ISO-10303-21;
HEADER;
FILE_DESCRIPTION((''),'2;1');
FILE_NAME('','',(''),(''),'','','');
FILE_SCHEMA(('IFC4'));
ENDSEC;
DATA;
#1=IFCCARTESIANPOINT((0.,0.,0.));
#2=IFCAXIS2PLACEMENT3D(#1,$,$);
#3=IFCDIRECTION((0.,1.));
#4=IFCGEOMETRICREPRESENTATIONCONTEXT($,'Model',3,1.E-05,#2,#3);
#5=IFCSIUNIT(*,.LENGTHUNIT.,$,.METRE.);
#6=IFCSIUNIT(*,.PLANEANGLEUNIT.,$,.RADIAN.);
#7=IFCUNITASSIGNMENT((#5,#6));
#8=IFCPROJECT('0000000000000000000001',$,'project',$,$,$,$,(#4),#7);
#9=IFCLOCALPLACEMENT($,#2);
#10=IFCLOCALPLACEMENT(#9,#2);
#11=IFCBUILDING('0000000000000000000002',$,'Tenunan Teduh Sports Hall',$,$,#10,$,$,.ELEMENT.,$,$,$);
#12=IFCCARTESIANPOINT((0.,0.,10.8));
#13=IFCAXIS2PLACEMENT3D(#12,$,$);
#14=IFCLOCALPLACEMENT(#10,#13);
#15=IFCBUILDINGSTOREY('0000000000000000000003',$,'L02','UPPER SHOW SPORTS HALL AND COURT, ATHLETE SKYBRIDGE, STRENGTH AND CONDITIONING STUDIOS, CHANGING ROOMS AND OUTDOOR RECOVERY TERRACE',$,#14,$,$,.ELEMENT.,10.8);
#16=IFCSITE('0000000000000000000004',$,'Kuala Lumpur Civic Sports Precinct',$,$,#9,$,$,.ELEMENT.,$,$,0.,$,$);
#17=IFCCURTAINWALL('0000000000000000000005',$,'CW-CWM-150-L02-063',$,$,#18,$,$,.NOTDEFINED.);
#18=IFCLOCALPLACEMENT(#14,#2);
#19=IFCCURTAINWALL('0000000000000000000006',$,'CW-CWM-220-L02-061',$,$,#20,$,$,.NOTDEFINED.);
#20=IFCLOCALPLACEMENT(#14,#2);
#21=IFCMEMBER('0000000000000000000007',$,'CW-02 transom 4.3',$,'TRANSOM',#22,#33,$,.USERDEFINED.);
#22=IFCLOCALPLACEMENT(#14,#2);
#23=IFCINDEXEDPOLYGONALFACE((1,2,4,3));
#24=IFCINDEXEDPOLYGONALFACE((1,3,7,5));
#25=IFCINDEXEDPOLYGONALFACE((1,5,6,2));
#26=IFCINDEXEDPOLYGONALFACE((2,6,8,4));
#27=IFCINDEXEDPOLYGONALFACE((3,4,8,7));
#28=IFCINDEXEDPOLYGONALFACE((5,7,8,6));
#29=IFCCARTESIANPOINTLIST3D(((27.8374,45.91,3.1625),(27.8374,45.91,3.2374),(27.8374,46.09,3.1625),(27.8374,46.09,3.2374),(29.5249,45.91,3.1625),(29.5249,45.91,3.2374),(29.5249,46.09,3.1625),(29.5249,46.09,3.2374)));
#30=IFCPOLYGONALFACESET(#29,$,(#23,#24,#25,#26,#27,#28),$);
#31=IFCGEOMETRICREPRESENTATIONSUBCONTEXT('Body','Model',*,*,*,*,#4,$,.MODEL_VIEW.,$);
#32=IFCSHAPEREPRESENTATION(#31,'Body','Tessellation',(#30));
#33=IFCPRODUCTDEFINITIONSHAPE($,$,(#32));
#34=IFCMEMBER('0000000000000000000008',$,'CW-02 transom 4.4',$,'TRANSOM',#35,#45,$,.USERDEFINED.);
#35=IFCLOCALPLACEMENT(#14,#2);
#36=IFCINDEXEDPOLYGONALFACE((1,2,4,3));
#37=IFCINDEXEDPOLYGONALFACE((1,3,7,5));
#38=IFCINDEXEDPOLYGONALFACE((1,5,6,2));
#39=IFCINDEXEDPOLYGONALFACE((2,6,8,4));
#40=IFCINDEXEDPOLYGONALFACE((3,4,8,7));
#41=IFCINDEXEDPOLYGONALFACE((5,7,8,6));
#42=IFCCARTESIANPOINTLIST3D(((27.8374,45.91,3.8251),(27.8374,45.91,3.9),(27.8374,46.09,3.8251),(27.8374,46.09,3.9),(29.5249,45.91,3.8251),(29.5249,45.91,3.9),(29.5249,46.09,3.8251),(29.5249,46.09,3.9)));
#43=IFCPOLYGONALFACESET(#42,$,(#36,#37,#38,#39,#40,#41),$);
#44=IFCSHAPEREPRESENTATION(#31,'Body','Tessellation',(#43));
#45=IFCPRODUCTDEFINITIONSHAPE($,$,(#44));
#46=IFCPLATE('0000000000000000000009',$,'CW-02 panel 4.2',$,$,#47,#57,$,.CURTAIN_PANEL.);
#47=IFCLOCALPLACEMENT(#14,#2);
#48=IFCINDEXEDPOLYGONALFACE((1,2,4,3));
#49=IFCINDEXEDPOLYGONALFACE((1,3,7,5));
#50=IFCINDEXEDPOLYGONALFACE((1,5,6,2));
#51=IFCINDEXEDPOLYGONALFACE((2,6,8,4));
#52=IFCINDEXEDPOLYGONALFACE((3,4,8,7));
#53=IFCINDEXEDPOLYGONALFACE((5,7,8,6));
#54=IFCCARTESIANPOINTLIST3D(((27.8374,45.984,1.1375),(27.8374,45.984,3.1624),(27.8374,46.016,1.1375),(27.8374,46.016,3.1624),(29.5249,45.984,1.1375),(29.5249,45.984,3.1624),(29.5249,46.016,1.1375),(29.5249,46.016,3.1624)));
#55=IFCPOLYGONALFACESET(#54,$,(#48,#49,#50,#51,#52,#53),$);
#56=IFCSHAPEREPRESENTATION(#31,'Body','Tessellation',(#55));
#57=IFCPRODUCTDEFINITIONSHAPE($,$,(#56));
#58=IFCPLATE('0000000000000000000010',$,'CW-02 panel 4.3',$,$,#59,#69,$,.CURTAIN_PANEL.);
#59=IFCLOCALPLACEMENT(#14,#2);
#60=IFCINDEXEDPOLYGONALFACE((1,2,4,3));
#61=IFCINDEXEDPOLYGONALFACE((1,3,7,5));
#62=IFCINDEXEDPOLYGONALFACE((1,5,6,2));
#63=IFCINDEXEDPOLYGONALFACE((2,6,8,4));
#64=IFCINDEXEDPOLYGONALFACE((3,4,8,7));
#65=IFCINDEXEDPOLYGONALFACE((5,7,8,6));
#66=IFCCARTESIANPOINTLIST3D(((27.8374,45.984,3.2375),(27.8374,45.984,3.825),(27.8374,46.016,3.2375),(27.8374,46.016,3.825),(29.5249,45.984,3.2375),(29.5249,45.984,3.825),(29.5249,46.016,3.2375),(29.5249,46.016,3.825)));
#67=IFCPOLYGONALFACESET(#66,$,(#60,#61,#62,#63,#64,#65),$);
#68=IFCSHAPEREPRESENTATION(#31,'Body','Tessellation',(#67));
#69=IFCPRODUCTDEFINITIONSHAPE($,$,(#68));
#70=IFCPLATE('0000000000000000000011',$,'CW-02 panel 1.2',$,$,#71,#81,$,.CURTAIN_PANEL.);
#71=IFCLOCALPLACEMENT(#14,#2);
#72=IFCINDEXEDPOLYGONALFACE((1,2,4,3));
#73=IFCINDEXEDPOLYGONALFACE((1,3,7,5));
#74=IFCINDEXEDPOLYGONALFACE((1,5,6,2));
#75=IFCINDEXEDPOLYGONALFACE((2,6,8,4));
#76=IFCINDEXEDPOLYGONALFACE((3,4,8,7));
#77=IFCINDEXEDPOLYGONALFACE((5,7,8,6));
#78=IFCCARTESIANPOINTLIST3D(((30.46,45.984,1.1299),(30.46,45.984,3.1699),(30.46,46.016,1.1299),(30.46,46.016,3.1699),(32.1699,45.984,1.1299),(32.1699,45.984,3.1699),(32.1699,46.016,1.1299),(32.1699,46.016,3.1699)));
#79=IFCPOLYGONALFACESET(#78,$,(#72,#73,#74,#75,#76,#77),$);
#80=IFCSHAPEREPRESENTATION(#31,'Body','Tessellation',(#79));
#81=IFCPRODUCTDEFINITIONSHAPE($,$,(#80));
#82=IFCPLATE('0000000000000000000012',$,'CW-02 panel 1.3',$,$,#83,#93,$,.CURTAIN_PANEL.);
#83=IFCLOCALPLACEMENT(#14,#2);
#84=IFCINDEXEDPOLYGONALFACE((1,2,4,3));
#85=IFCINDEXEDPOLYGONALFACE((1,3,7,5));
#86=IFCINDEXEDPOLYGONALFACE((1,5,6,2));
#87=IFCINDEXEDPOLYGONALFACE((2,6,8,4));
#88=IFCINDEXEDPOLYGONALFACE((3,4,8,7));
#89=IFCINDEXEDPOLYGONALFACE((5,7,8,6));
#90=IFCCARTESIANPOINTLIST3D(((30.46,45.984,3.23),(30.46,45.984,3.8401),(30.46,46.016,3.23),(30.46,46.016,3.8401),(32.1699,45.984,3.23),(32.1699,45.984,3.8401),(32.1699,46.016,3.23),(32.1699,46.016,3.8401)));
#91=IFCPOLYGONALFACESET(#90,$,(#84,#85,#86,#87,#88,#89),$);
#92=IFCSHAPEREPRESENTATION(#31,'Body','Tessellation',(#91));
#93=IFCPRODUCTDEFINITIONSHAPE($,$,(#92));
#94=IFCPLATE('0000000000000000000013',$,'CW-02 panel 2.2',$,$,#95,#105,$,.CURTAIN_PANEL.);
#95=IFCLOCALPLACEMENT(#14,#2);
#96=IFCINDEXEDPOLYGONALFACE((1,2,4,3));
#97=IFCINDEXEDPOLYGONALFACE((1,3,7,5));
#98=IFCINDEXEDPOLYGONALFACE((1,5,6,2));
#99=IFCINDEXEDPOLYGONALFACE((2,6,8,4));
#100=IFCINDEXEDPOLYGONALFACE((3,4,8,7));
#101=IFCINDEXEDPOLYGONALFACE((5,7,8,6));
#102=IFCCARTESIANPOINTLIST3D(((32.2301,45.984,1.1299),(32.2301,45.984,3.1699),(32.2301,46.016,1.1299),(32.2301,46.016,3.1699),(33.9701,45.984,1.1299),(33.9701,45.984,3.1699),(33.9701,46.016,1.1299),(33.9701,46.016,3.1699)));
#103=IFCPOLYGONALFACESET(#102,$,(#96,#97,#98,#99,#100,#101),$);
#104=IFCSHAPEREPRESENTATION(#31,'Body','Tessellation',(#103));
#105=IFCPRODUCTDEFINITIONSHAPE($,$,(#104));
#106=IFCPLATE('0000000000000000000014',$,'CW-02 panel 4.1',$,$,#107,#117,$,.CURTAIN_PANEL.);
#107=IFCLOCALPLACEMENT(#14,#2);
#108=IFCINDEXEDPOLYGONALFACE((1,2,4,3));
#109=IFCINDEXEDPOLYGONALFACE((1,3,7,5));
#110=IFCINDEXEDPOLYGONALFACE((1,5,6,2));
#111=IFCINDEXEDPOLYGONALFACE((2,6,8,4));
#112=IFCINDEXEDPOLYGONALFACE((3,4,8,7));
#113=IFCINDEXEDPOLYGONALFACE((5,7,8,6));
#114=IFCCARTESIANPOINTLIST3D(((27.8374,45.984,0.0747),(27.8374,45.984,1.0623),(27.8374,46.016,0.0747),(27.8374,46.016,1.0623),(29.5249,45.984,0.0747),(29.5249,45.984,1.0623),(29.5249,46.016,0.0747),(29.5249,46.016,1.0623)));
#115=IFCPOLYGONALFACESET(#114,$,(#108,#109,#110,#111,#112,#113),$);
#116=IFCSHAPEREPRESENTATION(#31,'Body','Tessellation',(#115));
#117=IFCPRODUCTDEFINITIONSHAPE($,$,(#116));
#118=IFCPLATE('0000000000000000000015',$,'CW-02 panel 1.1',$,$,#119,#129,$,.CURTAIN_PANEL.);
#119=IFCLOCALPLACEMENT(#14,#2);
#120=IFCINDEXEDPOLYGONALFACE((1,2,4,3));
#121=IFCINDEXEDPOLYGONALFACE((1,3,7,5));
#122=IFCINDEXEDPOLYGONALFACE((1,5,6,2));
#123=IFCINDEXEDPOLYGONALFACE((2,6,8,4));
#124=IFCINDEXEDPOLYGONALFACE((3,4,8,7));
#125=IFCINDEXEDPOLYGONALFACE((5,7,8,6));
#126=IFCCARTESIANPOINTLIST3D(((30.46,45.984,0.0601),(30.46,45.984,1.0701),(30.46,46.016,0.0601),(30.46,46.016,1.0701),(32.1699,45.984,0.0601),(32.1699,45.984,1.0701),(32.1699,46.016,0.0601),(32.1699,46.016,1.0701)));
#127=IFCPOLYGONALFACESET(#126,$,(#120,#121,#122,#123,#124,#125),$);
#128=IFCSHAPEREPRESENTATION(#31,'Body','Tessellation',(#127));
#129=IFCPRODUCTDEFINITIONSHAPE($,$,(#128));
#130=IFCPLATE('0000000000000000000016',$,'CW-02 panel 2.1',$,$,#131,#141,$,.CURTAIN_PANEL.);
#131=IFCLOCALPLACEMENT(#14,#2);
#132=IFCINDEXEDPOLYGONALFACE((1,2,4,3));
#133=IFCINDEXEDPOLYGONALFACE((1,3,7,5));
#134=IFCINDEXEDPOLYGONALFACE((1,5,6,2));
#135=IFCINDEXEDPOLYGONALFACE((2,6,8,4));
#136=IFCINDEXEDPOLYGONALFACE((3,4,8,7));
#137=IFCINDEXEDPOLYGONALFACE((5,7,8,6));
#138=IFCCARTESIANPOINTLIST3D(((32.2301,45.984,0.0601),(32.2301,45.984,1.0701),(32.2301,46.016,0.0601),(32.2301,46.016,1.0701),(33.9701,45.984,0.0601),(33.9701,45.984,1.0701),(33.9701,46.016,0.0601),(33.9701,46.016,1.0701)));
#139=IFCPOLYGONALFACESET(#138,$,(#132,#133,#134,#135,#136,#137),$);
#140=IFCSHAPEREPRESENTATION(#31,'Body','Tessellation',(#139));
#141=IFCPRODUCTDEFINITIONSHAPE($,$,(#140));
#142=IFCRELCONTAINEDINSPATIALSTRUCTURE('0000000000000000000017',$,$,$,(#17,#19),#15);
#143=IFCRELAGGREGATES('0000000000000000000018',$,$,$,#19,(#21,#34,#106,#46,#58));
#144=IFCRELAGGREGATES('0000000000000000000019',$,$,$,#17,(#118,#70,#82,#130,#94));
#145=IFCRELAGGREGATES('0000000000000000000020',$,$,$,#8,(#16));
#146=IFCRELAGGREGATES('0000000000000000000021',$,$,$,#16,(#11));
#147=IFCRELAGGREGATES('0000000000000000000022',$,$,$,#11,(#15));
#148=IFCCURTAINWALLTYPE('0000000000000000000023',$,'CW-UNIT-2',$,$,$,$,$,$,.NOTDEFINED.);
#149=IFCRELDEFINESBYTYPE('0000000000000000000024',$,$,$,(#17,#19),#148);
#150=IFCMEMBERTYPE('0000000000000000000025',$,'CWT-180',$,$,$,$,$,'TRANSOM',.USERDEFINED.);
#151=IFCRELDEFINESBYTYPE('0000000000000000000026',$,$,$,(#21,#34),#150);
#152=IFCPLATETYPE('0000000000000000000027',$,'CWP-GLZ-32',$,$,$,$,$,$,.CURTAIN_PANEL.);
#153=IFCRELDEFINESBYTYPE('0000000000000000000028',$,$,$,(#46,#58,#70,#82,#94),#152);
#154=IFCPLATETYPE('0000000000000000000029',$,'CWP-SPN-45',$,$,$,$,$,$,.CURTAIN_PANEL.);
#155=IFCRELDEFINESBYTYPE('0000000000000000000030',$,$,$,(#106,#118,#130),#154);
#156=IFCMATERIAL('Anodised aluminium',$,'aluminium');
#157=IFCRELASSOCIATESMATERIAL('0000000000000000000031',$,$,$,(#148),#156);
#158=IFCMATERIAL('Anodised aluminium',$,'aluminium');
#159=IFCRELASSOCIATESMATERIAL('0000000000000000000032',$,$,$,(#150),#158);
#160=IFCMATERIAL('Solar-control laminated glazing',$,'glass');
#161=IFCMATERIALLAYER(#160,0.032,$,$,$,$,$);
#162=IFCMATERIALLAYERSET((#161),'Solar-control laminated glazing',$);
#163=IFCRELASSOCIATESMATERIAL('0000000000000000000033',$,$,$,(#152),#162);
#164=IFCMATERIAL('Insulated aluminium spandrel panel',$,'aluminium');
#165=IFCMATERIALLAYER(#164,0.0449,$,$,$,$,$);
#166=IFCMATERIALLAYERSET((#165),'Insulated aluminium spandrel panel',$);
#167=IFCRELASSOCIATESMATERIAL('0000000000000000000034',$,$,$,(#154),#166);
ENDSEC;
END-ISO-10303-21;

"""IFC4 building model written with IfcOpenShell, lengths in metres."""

from ifc_helpers import new_model, si_unit, direction, frame, origin, origin_2d, place, context, subcontext, project, spatial, rectangle, extrude, material, layer, layer_set, material_profile, profile_set, type_object, element, aggregate, save


model = new_model("IFC4")

# Units and contexts
model_context = context("Model", 3, precision=1e-05, world=origin(), true_north=direction((0.0, 1.0)))
body_context = subcontext(model_context, "Body", "Model", "MODEL_VIEW")
ifc_project = project(units=[si_unit("LENGTHUNIT", "METRE"), si_unit("PLANEANGLEUNIT", "RADIAN")], contexts=[model_context])

# Site, building, storey
site_placement = place(None, origin())
site = spatial("IfcSite", under=ifc_project, at=site_placement, Name="Kuala Lumpur Civic Sports Precinct", CompositionType="ELEMENT", RefElevation=0.0)
building_placement = place(site_placement, origin())
building = spatial("IfcBuilding", under=site, at=building_placement, Name="Tenunan Teduh Sports Hall", CompositionType="ELEMENT")
storey_placement = place(building_placement, frame((0.0, 0.0, 10.8)))
storey = spatial("IfcBuildingStorey", under=building, at=storey_placement, Name="L02", Description="UPPER SHOW SPORTS HALL AND COURT, ATHLETE SKYBRIDGE, STRENGTH AND CONDITIONING STUDIOS, CHANGING ROOMS AND OUTDOOR RECOVERY TERRACE", CompositionType="ELEMENT", Elevation=10.8)

# Curtain wall
ifc_material_1 = material(Name="Anodised aluminium", Category="aluminium")
curtain_wall_type = type_object("IfcCurtainWallType", Name="CW-UNIT-2", PredefinedType="NOTDEFINED", material=ifc_material_1)
curtain_wall_1_placement = place(storey_placement, origin())
curtain_wall_1 = element("IfcCurtainWall", 1, at=curtain_wall_1_placement, inside=storey, type_object=curtain_wall_type, Name="CW-CWM-150-L02-063", PredefinedType="NOTDEFINED")

# Curtain wall
curtain_wall_2_placement = place(storey_placement, origin())
curtain_wall_2 = element("IfcCurtainWall", 2, at=curtain_wall_2_placement, inside=storey, type_object=curtain_wall_type, Name="CW-CWM-220-L02-061", PredefinedType="NOTDEFINED")

# Members
ifc_material_2 = material(Name="Anodised aluminium", Category="aluminium")
ifc_material_profile_1 = material_profile(ifc_material_2, rectangle(XDim=0.075, YDim=0.1799, at=origin_2d()), Name="CWT 75x180")
ifc_profile_set_1 = profile_set([ifc_material_profile_1], Name="Anodised aluminium")
member_type_1 = type_object("IfcMemberType", Name="CWT-180", ElementType="TRANSOM", PredefinedType="USERDEFINED", material=ifc_profile_set_1)
member_1_placement = place(storey_placement, frame((27.8374, 46.0, 3.2), z_axis=(1.0, 0.0, 0.0), x_axis=(0.0, 0.0, 1.0)))
member_1 = element("IfcMember", 3, at=member_1_placement, type_object=member_type_1, Name="CW-02 transom 4.3", ObjectType="TRANSOM", PredefinedType="USERDEFINED", context=body_context, shape_type="SweptSolid", body=[
    extrude(rectangle(XDim=0.075, YDim=0.1799, at=origin_2d()), origin(), (0.0, 0.0, 1.0), 1.6875),
])
member_2_placement = place(storey_placement, frame((27.8374, 46.0, 3.8625), z_axis=(1.0, 0.0, 0.0), x_axis=(0.0, 0.0, 1.0)))
member_2 = element("IfcMember", 4, at=member_2_placement, type_object=member_type_1, Name="CW-02 transom 4.4", ObjectType="TRANSOM", PredefinedType="USERDEFINED", context=body_context, shape_type="SweptSolid", body=[
    extrude(rectangle(XDim=0.075, YDim=0.1799, at=origin_2d()), origin(), (0.0, 0.0, 1.0), 1.6875),
])

# Plates
ifc_material_3 = material(Name="Solar-control laminated glazing", Category="glass")
ifc_layer_1 = layer(ifc_material_3, 0.032)
ifc_layer_set_1 = layer_set([ifc_layer_1], Name="Solar-control laminated glazing")
plate_type_1 = type_object("IfcPlateType", Name="CWP-GLZ-32", PredefinedType="CURTAIN_PANEL", material=ifc_layer_set_1)
plate_1_placement = place(storey_placement, frame((28.6812, 46.0, 1.1375), z_axis=(0.0, 0.0, 1.0), x_axis=(1.0, 0.0, 0.0)))
plate_1 = element("IfcPlate", 5, at=plate_1_placement, type_object=plate_type_1, Name="CW-02 panel 4.2", PredefinedType="CURTAIN_PANEL", context=body_context, shape_type="SweptSolid", body=[
    extrude(rectangle(XDim=1.6875, YDim=0.032, at=origin_2d()), origin(), (0.0, 0.0, 1.0), 2.0249),
])
plate_2_placement = place(storey_placement, frame((28.6812, 46.0, 3.2375), z_axis=(0.0, 0.0, 1.0), x_axis=(1.0, 0.0, 0.0)))
plate_2 = element("IfcPlate", 6, at=plate_2_placement, type_object=plate_type_1, Name="CW-02 panel 4.3", PredefinedType="CURTAIN_PANEL", context=body_context, shape_type="SweptSolid", body=[
    extrude(rectangle(XDim=1.6875, YDim=0.032, at=origin_2d()), origin(), (0.0, 0.0, 1.0), 0.5874),
])
plate_3_placement = place(storey_placement, frame((31.3149, 46.0, 1.1299), z_axis=(0.0, 0.0, 1.0), x_axis=(1.0, 0.0, 0.0)))
plate_3 = element("IfcPlate", 7, at=plate_3_placement, type_object=plate_type_1, Name="CW-02 panel 1.2", PredefinedType="CURTAIN_PANEL", context=body_context, shape_type="SweptSolid", body=[
    extrude(rectangle(XDim=1.71, YDim=0.032, at=origin_2d()), origin(), (0.0, 0.0, 1.0), 2.04),
])
plate_4_placement = place(storey_placement, frame((31.3149, 46.0, 3.23), z_axis=(0.0, 0.0, 1.0), x_axis=(1.0, 0.0, 0.0)))
plate_4 = element("IfcPlate", 8, at=plate_4_placement, type_object=plate_type_1, Name="CW-02 panel 1.3", PredefinedType="CURTAIN_PANEL", context=body_context, shape_type="SweptSolid", body=[
    extrude(rectangle(XDim=1.71, YDim=0.032, at=origin_2d()), origin(), (0.0, 0.0, 1.0), 0.6101),
])
plate_5_placement = place(storey_placement, frame((33.1001, 46.0, 1.1299), z_axis=(0.0, 0.0, 1.0), x_axis=(1.0, 0.0, 0.0)))
plate_5 = element("IfcPlate", 9, at=plate_5_placement, type_object=plate_type_1, Name="CW-02 panel 2.2", PredefinedType="CURTAIN_PANEL", context=body_context, shape_type="SweptSolid", body=[
    extrude(rectangle(XDim=1.74, YDim=0.032, at=origin_2d()), origin(), (0.0, 0.0, 1.0), 2.04),
])
ifc_material_4 = material(Name="Insulated aluminium spandrel panel", Category="aluminium")
ifc_layer_2 = layer(ifc_material_4, 0.0449)
ifc_layer_set_2 = layer_set([ifc_layer_2], Name="Insulated aluminium spandrel panel")
plate_type_2 = type_object("IfcPlateType", Name="CWP-SPN-45", PredefinedType="CURTAIN_PANEL", material=ifc_layer_set_2)
plate_6_placement = place(storey_placement, frame((28.6812, 46.0, 0.0747), z_axis=(0.0, 0.0, 1.0), x_axis=(1.0, 0.0, 0.0)))
plate_6 = element("IfcPlate", 10, at=plate_6_placement, type_object=plate_type_2, Name="CW-02 panel 4.1", PredefinedType="CURTAIN_PANEL", context=body_context, shape_type="SweptSolid", body=[
    extrude(rectangle(XDim=1.6875, YDim=0.032, at=origin_2d()), origin(), (0.0, 0.0, 1.0), 0.9875),
])
aggregate(curtain_wall_2, [member_1, member_2, plate_6, plate_1, plate_2])
plate_7_placement = place(storey_placement, frame((31.3149, 46.0, 0.0601), z_axis=(0.0, 0.0, 1.0), x_axis=(1.0, 0.0, 0.0)))
plate_7 = element("IfcPlate", 11, at=plate_7_placement, type_object=plate_type_2, Name="CW-02 panel 1.1", PredefinedType="CURTAIN_PANEL", context=body_context, shape_type="SweptSolid", body=[
    extrude(rectangle(XDim=1.71, YDim=0.032, at=origin_2d()), origin(), (0.0, 0.0, 1.0), 1.01),
])
plate_8_placement = place(storey_placement, frame((33.1001, 46.0, 0.0601), z_axis=(0.0, 0.0, 1.0), x_axis=(1.0, 0.0, 0.0)))
plate_8 = element("IfcPlate", 12, at=plate_8_placement, type_object=plate_type_2, Name="CW-02 panel 2.1", PredefinedType="CURTAIN_PANEL", context=body_context, shape_type="SweptSolid", body=[
    extrude(rectangle(XDim=1.74, YDim=0.032, at=origin_2d()), origin(), (0.0, 0.0, 1.0), 1.01),
])
aggregate(curtain_wall_1, [plate_7, plate_3, plate_4, plate_8, plate_5])

save(model, "model.ifc")
